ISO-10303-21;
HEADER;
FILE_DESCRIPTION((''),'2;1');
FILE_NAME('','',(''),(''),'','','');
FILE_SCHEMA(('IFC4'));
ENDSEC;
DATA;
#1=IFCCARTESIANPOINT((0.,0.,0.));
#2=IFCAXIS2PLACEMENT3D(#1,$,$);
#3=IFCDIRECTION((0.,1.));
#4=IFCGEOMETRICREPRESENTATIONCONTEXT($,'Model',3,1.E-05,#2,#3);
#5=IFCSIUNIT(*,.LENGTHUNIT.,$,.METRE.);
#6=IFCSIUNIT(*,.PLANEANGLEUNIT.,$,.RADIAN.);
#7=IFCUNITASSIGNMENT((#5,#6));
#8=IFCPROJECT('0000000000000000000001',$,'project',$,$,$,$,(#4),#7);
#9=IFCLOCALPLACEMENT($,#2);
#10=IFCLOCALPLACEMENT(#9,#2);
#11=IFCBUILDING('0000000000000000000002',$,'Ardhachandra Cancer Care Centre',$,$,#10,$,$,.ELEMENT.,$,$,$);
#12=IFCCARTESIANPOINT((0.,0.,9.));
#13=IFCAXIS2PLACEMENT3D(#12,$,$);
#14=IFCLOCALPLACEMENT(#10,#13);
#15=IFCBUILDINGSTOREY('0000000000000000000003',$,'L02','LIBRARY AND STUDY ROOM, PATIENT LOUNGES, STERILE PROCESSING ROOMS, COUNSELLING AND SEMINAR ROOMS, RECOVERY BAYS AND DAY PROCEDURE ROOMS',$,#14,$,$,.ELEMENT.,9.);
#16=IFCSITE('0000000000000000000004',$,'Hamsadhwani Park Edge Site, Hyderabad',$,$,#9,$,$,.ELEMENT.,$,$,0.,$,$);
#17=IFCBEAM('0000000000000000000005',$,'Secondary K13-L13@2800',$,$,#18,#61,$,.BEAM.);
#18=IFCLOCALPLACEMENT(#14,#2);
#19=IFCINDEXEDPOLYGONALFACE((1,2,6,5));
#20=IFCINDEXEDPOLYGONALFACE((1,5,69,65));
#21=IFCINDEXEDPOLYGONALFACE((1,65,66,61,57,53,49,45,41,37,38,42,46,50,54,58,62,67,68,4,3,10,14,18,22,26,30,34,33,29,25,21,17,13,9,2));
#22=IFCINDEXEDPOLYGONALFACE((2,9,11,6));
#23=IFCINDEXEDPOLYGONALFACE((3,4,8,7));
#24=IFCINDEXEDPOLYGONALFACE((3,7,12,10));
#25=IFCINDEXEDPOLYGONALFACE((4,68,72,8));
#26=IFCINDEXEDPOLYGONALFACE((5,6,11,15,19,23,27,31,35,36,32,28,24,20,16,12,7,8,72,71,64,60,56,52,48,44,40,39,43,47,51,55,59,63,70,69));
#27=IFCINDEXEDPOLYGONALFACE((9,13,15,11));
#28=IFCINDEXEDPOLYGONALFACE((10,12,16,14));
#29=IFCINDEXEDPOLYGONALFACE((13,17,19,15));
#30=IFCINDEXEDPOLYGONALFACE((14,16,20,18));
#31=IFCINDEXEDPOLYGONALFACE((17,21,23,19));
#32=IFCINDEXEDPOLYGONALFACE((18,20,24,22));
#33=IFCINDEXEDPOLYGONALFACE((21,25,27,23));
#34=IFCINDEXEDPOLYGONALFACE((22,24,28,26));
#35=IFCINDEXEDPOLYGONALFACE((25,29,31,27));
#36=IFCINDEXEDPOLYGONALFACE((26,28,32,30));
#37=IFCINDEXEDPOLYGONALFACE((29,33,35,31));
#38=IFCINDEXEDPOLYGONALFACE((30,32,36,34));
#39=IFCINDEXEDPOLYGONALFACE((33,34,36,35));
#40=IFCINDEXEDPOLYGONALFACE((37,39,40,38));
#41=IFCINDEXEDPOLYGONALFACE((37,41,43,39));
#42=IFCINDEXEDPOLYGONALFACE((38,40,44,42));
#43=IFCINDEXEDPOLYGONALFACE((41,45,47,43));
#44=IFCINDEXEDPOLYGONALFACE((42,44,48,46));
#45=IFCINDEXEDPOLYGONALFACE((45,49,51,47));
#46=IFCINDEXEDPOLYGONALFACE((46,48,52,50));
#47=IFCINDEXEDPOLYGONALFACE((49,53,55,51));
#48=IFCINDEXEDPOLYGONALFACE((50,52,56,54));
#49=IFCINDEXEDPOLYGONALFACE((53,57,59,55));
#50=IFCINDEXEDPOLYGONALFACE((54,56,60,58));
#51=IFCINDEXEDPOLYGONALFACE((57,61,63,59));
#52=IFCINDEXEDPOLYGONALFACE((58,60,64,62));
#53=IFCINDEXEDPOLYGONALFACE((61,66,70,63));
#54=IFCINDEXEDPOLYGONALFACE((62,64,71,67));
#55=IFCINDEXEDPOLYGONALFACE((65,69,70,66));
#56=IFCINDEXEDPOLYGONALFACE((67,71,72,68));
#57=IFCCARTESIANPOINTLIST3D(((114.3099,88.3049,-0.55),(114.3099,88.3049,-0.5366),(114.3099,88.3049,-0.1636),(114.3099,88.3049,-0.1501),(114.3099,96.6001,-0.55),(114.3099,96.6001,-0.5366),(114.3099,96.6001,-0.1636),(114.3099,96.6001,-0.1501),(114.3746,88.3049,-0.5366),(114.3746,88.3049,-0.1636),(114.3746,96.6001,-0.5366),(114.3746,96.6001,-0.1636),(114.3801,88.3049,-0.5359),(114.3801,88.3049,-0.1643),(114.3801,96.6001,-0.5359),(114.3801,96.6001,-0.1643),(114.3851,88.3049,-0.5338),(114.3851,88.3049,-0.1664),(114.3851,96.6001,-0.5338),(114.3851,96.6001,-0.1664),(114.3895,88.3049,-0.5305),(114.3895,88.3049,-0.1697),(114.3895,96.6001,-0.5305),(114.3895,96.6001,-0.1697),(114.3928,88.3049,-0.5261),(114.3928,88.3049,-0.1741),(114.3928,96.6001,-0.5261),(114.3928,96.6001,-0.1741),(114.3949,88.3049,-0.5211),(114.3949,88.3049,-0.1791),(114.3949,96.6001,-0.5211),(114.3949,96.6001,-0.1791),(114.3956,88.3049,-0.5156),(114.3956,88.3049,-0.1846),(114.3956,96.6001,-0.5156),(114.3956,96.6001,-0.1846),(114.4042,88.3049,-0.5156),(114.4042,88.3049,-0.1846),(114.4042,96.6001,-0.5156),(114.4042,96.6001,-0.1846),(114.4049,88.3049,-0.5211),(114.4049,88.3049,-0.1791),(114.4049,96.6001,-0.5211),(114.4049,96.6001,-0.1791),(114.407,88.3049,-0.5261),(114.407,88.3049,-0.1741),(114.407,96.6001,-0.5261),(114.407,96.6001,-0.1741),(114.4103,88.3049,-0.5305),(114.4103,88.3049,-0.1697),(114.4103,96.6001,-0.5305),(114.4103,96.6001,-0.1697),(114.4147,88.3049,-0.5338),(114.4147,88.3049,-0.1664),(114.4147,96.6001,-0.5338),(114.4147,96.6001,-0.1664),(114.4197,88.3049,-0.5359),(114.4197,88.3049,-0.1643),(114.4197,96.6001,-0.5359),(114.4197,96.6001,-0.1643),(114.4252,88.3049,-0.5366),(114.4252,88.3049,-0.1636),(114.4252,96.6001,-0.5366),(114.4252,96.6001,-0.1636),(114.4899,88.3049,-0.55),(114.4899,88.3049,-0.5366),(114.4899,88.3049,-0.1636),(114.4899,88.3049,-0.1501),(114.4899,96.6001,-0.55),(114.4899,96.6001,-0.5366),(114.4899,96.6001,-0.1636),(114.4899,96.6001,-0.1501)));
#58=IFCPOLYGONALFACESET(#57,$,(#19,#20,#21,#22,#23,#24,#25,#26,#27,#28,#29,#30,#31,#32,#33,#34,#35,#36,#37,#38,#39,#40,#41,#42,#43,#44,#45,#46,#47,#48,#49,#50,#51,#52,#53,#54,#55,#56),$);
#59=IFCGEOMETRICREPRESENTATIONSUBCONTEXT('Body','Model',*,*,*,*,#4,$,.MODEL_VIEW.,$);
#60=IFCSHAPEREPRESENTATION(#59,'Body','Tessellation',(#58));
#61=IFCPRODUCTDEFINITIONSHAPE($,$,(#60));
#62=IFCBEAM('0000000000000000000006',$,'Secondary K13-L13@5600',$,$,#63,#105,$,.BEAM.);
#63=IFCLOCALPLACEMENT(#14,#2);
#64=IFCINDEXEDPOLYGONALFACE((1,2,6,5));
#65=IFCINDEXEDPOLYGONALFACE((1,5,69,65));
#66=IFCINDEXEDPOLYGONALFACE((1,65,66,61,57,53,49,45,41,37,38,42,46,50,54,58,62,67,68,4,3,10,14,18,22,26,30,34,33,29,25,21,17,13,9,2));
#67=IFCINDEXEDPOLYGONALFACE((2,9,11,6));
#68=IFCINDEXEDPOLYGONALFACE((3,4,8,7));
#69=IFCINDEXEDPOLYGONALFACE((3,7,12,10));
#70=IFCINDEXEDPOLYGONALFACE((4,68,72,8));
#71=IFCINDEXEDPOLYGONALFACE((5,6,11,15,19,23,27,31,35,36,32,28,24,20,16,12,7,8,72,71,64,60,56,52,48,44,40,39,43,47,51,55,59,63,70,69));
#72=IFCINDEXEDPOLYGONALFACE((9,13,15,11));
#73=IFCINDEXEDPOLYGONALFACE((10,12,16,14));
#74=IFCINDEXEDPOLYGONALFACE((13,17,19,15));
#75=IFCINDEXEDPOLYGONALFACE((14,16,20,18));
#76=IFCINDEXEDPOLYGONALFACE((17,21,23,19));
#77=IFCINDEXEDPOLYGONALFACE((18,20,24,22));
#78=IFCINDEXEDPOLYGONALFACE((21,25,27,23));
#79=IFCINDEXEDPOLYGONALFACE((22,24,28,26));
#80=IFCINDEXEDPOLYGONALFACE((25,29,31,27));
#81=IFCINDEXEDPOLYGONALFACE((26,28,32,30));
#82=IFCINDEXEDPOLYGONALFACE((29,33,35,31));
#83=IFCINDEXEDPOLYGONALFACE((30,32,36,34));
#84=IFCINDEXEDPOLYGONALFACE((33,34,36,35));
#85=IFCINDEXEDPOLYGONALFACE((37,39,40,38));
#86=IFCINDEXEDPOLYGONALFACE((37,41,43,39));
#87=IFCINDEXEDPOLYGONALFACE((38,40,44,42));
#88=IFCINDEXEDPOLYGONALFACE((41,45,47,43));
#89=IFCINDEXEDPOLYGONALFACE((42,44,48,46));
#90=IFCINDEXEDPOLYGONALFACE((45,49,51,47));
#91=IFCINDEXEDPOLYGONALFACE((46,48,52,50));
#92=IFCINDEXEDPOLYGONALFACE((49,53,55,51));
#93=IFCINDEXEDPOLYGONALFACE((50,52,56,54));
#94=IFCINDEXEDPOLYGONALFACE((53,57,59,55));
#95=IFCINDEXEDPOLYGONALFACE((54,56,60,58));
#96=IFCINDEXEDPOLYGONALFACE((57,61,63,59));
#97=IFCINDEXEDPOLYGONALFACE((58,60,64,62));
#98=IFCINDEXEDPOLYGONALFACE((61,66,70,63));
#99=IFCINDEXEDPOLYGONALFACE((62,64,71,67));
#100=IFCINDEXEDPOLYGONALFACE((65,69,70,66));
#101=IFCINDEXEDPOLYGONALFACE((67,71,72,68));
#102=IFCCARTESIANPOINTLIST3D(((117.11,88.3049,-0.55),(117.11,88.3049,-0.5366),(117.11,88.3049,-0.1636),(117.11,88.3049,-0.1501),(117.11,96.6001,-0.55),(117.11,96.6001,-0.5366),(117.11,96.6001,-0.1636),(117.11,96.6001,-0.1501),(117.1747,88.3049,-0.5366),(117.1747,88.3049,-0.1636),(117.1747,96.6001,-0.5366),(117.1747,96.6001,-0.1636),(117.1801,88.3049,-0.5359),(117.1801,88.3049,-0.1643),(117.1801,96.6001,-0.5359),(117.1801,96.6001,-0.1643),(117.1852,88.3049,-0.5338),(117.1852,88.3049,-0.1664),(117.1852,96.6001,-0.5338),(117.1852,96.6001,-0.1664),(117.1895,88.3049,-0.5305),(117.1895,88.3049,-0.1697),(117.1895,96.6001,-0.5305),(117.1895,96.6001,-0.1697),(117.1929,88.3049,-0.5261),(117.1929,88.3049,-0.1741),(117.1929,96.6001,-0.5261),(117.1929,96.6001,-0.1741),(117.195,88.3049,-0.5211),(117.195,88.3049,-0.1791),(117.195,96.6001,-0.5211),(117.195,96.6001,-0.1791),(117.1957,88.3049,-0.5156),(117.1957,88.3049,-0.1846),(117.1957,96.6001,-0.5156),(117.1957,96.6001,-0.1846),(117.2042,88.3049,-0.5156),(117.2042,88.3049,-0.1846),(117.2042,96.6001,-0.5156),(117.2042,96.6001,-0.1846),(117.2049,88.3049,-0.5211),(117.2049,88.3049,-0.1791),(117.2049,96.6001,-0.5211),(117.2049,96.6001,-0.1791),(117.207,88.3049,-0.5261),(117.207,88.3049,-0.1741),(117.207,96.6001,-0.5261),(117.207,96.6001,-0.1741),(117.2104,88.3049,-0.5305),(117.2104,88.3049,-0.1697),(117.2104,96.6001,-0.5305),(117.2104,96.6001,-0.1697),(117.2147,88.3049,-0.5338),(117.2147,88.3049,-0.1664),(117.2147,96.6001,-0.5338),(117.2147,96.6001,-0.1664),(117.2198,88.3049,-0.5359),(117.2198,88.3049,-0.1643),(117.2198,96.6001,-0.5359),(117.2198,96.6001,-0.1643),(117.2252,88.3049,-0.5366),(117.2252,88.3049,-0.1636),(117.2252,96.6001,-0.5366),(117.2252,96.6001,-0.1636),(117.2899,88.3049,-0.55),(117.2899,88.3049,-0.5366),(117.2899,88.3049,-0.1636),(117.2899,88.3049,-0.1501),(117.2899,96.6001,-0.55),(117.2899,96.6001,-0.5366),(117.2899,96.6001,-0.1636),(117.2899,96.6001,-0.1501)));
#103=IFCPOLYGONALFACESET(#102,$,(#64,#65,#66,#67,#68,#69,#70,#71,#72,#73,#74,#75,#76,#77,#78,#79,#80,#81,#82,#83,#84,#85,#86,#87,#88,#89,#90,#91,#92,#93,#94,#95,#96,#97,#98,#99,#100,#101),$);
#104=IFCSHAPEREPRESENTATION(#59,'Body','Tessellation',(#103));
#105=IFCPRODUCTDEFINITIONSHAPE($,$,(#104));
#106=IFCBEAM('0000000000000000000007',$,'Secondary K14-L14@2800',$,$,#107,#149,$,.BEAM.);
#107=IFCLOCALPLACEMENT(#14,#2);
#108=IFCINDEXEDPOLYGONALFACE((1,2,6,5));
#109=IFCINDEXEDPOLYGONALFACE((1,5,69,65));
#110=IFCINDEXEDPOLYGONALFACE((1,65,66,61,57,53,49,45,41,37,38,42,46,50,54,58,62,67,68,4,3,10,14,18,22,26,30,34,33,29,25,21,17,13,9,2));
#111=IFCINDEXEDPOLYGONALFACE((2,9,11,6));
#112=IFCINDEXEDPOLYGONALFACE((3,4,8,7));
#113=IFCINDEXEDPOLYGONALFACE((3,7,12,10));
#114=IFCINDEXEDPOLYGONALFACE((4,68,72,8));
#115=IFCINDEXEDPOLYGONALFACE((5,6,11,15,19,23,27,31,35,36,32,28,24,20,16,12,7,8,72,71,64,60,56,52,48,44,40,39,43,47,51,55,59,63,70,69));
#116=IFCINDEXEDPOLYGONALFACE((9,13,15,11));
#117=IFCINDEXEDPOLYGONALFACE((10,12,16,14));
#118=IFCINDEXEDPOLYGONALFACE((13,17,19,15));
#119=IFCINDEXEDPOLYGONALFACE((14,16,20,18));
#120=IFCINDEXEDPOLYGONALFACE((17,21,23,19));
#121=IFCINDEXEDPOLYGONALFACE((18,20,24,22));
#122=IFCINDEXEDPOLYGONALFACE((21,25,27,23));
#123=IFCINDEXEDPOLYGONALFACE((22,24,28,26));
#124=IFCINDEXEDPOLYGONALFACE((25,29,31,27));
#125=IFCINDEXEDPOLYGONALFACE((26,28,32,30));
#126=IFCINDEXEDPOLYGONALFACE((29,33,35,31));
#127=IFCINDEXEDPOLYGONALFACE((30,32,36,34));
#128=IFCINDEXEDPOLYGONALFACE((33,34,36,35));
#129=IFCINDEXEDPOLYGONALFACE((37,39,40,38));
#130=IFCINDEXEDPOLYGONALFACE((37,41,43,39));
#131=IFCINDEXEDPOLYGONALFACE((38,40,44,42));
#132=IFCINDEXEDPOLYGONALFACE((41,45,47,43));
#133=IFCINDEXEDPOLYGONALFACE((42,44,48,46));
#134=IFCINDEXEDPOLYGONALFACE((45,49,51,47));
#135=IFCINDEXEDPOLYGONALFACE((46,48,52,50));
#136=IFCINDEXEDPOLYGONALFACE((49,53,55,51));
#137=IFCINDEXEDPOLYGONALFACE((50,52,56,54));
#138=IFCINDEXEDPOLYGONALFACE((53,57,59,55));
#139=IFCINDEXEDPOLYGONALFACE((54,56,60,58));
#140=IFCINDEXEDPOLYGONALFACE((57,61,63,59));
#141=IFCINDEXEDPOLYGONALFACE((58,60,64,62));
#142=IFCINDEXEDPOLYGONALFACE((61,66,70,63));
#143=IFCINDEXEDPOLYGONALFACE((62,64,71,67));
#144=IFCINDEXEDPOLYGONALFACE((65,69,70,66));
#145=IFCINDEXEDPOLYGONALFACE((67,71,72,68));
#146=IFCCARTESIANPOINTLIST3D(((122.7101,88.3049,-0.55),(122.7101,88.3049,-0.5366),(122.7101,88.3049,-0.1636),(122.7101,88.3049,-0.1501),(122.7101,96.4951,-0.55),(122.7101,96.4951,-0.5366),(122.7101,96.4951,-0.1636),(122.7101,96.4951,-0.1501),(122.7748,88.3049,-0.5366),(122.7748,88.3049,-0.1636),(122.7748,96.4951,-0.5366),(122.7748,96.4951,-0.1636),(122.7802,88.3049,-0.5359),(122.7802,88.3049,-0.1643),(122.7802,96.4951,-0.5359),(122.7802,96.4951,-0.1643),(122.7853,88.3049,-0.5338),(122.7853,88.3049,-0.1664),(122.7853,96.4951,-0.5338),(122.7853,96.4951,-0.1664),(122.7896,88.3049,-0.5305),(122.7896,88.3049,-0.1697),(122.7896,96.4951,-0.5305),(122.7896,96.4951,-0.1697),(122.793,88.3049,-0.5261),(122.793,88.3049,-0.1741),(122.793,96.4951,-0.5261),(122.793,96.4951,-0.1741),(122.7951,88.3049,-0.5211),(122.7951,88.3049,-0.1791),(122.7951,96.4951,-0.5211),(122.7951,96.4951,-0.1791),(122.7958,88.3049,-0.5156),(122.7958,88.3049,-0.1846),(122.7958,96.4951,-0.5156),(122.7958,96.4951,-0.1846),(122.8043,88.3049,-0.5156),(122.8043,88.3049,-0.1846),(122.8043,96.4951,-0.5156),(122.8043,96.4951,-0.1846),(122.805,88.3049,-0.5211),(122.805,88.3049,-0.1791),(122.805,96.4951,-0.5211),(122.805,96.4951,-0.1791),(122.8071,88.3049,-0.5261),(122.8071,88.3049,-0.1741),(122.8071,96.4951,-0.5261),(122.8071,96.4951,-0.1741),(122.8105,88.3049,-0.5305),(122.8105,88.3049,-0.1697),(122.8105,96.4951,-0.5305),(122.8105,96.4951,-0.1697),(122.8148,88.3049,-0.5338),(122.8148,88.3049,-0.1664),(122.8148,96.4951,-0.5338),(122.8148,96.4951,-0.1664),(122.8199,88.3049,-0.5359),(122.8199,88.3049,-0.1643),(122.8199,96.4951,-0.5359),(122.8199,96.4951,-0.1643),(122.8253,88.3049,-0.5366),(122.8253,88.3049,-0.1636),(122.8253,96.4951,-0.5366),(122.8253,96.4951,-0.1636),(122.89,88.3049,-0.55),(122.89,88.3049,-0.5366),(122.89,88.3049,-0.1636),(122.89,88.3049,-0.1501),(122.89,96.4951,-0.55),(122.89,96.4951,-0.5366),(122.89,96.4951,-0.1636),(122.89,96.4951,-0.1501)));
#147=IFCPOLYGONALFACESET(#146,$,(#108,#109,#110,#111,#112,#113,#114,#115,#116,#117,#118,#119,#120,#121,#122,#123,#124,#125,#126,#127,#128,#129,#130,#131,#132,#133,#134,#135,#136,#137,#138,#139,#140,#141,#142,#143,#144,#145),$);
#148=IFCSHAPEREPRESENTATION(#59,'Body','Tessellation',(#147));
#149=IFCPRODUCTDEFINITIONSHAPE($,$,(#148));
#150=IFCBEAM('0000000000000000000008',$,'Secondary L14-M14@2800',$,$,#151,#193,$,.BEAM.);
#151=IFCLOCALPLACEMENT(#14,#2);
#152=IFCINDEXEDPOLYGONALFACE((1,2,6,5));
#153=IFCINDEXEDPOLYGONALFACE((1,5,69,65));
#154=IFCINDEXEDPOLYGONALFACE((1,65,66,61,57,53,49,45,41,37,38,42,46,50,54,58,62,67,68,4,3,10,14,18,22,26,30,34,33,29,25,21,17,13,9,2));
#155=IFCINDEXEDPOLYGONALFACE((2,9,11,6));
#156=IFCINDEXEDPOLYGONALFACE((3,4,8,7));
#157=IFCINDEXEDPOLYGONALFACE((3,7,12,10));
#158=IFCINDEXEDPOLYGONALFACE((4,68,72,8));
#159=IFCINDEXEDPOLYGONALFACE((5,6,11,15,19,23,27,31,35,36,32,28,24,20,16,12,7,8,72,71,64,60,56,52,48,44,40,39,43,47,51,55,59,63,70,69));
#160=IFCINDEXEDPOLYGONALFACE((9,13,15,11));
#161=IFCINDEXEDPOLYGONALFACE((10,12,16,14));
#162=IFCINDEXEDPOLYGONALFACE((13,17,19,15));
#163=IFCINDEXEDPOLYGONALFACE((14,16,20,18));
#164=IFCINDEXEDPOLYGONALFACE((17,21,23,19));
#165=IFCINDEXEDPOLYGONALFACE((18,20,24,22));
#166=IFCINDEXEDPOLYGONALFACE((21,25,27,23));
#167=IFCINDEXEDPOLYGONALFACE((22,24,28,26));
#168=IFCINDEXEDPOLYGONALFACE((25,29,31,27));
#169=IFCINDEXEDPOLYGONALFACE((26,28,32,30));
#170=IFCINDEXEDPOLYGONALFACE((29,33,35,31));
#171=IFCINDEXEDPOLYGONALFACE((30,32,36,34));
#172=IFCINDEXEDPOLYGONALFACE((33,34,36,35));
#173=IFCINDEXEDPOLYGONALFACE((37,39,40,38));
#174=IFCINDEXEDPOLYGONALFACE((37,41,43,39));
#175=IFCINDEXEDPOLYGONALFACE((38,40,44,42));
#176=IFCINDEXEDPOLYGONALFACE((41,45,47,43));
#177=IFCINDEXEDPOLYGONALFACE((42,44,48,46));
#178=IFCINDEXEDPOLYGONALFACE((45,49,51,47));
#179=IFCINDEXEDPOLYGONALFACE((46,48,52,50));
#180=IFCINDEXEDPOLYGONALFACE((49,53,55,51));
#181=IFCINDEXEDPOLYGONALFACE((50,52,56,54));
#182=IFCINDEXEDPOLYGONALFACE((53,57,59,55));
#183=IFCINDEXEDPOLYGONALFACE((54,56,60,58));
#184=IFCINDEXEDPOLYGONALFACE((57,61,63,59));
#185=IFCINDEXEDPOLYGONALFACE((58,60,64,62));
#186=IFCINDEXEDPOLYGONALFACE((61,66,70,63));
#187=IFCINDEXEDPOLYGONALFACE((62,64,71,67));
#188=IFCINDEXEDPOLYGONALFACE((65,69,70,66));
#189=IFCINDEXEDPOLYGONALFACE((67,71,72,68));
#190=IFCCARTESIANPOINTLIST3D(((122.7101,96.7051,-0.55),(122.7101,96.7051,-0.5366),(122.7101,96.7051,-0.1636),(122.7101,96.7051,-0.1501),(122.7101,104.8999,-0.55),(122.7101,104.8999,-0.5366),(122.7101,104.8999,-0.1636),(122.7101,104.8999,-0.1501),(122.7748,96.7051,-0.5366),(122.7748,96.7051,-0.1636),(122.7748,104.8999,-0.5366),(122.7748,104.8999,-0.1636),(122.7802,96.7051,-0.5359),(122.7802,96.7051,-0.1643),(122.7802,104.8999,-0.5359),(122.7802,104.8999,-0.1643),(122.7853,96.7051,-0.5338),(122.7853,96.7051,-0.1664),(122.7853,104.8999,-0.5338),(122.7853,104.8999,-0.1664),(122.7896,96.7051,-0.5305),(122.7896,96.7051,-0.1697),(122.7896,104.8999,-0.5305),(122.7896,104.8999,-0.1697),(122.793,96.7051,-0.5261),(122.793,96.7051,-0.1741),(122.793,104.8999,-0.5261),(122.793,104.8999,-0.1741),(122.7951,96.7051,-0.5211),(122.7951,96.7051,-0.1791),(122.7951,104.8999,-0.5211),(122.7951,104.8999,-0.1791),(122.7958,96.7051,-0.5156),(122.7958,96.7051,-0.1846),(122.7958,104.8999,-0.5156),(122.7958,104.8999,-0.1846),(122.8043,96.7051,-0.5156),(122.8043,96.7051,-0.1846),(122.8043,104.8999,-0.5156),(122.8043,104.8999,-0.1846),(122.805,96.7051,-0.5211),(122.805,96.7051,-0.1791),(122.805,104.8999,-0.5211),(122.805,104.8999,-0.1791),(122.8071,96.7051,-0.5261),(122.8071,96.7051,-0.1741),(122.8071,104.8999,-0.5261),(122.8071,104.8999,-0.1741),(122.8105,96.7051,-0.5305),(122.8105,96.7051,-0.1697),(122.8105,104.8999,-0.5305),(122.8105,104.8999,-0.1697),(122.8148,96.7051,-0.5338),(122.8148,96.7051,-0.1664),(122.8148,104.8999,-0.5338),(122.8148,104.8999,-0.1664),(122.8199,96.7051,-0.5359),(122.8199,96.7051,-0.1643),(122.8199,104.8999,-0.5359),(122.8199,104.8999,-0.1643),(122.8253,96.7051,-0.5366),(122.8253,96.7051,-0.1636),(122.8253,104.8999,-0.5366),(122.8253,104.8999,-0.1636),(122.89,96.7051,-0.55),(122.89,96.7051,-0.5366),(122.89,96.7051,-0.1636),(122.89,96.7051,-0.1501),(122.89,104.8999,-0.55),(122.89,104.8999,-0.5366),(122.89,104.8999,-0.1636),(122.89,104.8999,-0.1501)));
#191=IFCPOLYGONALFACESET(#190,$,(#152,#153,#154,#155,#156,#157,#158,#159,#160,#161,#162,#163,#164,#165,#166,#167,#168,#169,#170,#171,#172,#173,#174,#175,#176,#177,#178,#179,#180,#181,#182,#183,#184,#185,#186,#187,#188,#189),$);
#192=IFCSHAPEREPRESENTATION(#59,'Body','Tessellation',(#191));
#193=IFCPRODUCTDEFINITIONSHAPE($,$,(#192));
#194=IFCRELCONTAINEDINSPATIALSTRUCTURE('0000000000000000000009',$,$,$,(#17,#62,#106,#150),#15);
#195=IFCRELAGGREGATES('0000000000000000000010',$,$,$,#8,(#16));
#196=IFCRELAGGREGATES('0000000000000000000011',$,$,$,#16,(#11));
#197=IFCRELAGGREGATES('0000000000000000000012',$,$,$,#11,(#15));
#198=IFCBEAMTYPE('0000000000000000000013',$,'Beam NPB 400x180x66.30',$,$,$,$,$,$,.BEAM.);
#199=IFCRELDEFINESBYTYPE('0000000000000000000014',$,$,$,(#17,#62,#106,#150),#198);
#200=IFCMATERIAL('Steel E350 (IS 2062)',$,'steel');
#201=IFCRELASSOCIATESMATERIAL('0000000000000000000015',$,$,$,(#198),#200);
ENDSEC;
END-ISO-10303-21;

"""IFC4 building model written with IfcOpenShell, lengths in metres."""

from ifc_helpers import new_model, si_unit, direction, frame, origin, origin_2d, place, context, subcontext, project, spatial, i_section, extrude, material, material_profile, profile_set, type_object, element, save


model = new_model("IFC4")

# Units and contexts
model_context = context("Model", 3, precision=1e-05, world=origin(), true_north=direction((0.0, 1.0)))
body_context = subcontext(model_context, "Body", "Model", "MODEL_VIEW")
ifc_project = project(units=[si_unit("LENGTHUNIT", "METRE"), si_unit("PLANEANGLEUNIT", "RADIAN")], contexts=[model_context])

# Site, building, storey
site_placement = place(None, origin())
site = spatial("IfcSite", under=ifc_project, at=site_placement, Name="Hamsadhwani Park Edge Site, Hyderabad", CompositionType="ELEMENT", RefElevation=0.0)
building_placement = place(site_placement, origin())
building = spatial("IfcBuilding", under=site, at=building_placement, Name="Ardhachandra Cancer Care Centre", CompositionType="ELEMENT")
storey_placement = place(building_placement, frame((0.0, 0.0, 9.0)))
storey = spatial("IfcBuildingStorey", under=building, at=storey_placement, Name="L02", Description="LIBRARY AND STUDY ROOM, PATIENT LOUNGES, STERILE PROCESSING ROOMS, COUNSELLING AND SEMINAR ROOMS, RECOVERY BAYS AND DAY PROCEDURE ROOMS", CompositionType="ELEMENT", Elevation=9.0)

# Beams
ifc_material_1 = material(Name="Steel E350 (IS 2062)", Category="steel")
ifc_material_profile_1 = material_profile(ifc_material_1, i_section(OverallWidth=0.1799, OverallDepth=0.3999, WebThickness=0.0085, FlangeThickness=0.0134, FilletRadius=0.021, at=origin_2d()), Name="NPB 400x180x66.30")
ifc_profile_set_1 = profile_set([ifc_material_profile_1], Name="Steel E350 (IS 2062)")
beam_type_1 = type_object("IfcBeamType", Name="Beam NPB 400x180x66.30", PredefinedType="BEAM", material=ifc_profile_set_1)
for number, where, z_axis, x_axis, name in (
    (1, (114.3999, 88.3049, -0.3501), (0.0, 1.0, 0.0), (-1.0, 0.0, 0.0), "Secondary K13-L13@2800"),
    (2, (117.2, 88.3049, -0.3501), (0.0, 1.0, 0.0), (-1.0, 0.0, 0.0), "Secondary K13-L13@5600"),
):
    element("IfcBeam", number, at=place(storey_placement, frame(where, z_axis=z_axis, x_axis=x_axis)), inside=storey, type_object=beam_type_1, Name=name, PredefinedType="BEAM", context=body_context, shape_type="SweptSolid", body=[
        extrude(i_section(OverallWidth=0.1799, OverallDepth=0.3999, WebThickness=0.0085, FlangeThickness=0.0134, FilletRadius=0.021, at=origin_2d()), origin(), (0.0, 0.0, 1.0), 8.2952),
    ])
beam_1_placement = place(storey_placement, frame((122.8, 88.3049, -0.3501), z_axis=(0.0, 1.0, 0.0), x_axis=(-1.0, 0.0, 0.0)))
element("IfcBeam", 3, at=beam_1_placement, inside=storey, type_object=beam_type_1, Name="Secondary K14-L14@2800", PredefinedType="BEAM", context=body_context, shape_type="SweptSolid", body=[
    extrude(i_section(OverallWidth=0.1799, OverallDepth=0.3999, WebThickness=0.0085, FlangeThickness=0.0134, FilletRadius=0.021, at=origin_2d()), origin(), (0.0, 0.0, 1.0), 8.1902),
])
beam_2_placement = place(storey_placement, frame((122.8, 96.7051, -0.3501), z_axis=(0.0, 1.0, 0.0), x_axis=(-1.0, 0.0, 0.0)))
element("IfcBeam", 4, at=beam_2_placement, inside=storey, type_object=beam_type_1, Name="Secondary L14-M14@2800", PredefinedType="BEAM", context=body_context, shape_type="SweptSolid", body=[
    extrude(i_section(OverallWidth=0.1799, OverallDepth=0.3999, WebThickness=0.0085, FlangeThickness=0.0134, FilletRadius=0.021, at=origin_2d()), origin(), (0.0, 0.0, 1.0), 8.1948),
])

save(model, "model.ifc")
